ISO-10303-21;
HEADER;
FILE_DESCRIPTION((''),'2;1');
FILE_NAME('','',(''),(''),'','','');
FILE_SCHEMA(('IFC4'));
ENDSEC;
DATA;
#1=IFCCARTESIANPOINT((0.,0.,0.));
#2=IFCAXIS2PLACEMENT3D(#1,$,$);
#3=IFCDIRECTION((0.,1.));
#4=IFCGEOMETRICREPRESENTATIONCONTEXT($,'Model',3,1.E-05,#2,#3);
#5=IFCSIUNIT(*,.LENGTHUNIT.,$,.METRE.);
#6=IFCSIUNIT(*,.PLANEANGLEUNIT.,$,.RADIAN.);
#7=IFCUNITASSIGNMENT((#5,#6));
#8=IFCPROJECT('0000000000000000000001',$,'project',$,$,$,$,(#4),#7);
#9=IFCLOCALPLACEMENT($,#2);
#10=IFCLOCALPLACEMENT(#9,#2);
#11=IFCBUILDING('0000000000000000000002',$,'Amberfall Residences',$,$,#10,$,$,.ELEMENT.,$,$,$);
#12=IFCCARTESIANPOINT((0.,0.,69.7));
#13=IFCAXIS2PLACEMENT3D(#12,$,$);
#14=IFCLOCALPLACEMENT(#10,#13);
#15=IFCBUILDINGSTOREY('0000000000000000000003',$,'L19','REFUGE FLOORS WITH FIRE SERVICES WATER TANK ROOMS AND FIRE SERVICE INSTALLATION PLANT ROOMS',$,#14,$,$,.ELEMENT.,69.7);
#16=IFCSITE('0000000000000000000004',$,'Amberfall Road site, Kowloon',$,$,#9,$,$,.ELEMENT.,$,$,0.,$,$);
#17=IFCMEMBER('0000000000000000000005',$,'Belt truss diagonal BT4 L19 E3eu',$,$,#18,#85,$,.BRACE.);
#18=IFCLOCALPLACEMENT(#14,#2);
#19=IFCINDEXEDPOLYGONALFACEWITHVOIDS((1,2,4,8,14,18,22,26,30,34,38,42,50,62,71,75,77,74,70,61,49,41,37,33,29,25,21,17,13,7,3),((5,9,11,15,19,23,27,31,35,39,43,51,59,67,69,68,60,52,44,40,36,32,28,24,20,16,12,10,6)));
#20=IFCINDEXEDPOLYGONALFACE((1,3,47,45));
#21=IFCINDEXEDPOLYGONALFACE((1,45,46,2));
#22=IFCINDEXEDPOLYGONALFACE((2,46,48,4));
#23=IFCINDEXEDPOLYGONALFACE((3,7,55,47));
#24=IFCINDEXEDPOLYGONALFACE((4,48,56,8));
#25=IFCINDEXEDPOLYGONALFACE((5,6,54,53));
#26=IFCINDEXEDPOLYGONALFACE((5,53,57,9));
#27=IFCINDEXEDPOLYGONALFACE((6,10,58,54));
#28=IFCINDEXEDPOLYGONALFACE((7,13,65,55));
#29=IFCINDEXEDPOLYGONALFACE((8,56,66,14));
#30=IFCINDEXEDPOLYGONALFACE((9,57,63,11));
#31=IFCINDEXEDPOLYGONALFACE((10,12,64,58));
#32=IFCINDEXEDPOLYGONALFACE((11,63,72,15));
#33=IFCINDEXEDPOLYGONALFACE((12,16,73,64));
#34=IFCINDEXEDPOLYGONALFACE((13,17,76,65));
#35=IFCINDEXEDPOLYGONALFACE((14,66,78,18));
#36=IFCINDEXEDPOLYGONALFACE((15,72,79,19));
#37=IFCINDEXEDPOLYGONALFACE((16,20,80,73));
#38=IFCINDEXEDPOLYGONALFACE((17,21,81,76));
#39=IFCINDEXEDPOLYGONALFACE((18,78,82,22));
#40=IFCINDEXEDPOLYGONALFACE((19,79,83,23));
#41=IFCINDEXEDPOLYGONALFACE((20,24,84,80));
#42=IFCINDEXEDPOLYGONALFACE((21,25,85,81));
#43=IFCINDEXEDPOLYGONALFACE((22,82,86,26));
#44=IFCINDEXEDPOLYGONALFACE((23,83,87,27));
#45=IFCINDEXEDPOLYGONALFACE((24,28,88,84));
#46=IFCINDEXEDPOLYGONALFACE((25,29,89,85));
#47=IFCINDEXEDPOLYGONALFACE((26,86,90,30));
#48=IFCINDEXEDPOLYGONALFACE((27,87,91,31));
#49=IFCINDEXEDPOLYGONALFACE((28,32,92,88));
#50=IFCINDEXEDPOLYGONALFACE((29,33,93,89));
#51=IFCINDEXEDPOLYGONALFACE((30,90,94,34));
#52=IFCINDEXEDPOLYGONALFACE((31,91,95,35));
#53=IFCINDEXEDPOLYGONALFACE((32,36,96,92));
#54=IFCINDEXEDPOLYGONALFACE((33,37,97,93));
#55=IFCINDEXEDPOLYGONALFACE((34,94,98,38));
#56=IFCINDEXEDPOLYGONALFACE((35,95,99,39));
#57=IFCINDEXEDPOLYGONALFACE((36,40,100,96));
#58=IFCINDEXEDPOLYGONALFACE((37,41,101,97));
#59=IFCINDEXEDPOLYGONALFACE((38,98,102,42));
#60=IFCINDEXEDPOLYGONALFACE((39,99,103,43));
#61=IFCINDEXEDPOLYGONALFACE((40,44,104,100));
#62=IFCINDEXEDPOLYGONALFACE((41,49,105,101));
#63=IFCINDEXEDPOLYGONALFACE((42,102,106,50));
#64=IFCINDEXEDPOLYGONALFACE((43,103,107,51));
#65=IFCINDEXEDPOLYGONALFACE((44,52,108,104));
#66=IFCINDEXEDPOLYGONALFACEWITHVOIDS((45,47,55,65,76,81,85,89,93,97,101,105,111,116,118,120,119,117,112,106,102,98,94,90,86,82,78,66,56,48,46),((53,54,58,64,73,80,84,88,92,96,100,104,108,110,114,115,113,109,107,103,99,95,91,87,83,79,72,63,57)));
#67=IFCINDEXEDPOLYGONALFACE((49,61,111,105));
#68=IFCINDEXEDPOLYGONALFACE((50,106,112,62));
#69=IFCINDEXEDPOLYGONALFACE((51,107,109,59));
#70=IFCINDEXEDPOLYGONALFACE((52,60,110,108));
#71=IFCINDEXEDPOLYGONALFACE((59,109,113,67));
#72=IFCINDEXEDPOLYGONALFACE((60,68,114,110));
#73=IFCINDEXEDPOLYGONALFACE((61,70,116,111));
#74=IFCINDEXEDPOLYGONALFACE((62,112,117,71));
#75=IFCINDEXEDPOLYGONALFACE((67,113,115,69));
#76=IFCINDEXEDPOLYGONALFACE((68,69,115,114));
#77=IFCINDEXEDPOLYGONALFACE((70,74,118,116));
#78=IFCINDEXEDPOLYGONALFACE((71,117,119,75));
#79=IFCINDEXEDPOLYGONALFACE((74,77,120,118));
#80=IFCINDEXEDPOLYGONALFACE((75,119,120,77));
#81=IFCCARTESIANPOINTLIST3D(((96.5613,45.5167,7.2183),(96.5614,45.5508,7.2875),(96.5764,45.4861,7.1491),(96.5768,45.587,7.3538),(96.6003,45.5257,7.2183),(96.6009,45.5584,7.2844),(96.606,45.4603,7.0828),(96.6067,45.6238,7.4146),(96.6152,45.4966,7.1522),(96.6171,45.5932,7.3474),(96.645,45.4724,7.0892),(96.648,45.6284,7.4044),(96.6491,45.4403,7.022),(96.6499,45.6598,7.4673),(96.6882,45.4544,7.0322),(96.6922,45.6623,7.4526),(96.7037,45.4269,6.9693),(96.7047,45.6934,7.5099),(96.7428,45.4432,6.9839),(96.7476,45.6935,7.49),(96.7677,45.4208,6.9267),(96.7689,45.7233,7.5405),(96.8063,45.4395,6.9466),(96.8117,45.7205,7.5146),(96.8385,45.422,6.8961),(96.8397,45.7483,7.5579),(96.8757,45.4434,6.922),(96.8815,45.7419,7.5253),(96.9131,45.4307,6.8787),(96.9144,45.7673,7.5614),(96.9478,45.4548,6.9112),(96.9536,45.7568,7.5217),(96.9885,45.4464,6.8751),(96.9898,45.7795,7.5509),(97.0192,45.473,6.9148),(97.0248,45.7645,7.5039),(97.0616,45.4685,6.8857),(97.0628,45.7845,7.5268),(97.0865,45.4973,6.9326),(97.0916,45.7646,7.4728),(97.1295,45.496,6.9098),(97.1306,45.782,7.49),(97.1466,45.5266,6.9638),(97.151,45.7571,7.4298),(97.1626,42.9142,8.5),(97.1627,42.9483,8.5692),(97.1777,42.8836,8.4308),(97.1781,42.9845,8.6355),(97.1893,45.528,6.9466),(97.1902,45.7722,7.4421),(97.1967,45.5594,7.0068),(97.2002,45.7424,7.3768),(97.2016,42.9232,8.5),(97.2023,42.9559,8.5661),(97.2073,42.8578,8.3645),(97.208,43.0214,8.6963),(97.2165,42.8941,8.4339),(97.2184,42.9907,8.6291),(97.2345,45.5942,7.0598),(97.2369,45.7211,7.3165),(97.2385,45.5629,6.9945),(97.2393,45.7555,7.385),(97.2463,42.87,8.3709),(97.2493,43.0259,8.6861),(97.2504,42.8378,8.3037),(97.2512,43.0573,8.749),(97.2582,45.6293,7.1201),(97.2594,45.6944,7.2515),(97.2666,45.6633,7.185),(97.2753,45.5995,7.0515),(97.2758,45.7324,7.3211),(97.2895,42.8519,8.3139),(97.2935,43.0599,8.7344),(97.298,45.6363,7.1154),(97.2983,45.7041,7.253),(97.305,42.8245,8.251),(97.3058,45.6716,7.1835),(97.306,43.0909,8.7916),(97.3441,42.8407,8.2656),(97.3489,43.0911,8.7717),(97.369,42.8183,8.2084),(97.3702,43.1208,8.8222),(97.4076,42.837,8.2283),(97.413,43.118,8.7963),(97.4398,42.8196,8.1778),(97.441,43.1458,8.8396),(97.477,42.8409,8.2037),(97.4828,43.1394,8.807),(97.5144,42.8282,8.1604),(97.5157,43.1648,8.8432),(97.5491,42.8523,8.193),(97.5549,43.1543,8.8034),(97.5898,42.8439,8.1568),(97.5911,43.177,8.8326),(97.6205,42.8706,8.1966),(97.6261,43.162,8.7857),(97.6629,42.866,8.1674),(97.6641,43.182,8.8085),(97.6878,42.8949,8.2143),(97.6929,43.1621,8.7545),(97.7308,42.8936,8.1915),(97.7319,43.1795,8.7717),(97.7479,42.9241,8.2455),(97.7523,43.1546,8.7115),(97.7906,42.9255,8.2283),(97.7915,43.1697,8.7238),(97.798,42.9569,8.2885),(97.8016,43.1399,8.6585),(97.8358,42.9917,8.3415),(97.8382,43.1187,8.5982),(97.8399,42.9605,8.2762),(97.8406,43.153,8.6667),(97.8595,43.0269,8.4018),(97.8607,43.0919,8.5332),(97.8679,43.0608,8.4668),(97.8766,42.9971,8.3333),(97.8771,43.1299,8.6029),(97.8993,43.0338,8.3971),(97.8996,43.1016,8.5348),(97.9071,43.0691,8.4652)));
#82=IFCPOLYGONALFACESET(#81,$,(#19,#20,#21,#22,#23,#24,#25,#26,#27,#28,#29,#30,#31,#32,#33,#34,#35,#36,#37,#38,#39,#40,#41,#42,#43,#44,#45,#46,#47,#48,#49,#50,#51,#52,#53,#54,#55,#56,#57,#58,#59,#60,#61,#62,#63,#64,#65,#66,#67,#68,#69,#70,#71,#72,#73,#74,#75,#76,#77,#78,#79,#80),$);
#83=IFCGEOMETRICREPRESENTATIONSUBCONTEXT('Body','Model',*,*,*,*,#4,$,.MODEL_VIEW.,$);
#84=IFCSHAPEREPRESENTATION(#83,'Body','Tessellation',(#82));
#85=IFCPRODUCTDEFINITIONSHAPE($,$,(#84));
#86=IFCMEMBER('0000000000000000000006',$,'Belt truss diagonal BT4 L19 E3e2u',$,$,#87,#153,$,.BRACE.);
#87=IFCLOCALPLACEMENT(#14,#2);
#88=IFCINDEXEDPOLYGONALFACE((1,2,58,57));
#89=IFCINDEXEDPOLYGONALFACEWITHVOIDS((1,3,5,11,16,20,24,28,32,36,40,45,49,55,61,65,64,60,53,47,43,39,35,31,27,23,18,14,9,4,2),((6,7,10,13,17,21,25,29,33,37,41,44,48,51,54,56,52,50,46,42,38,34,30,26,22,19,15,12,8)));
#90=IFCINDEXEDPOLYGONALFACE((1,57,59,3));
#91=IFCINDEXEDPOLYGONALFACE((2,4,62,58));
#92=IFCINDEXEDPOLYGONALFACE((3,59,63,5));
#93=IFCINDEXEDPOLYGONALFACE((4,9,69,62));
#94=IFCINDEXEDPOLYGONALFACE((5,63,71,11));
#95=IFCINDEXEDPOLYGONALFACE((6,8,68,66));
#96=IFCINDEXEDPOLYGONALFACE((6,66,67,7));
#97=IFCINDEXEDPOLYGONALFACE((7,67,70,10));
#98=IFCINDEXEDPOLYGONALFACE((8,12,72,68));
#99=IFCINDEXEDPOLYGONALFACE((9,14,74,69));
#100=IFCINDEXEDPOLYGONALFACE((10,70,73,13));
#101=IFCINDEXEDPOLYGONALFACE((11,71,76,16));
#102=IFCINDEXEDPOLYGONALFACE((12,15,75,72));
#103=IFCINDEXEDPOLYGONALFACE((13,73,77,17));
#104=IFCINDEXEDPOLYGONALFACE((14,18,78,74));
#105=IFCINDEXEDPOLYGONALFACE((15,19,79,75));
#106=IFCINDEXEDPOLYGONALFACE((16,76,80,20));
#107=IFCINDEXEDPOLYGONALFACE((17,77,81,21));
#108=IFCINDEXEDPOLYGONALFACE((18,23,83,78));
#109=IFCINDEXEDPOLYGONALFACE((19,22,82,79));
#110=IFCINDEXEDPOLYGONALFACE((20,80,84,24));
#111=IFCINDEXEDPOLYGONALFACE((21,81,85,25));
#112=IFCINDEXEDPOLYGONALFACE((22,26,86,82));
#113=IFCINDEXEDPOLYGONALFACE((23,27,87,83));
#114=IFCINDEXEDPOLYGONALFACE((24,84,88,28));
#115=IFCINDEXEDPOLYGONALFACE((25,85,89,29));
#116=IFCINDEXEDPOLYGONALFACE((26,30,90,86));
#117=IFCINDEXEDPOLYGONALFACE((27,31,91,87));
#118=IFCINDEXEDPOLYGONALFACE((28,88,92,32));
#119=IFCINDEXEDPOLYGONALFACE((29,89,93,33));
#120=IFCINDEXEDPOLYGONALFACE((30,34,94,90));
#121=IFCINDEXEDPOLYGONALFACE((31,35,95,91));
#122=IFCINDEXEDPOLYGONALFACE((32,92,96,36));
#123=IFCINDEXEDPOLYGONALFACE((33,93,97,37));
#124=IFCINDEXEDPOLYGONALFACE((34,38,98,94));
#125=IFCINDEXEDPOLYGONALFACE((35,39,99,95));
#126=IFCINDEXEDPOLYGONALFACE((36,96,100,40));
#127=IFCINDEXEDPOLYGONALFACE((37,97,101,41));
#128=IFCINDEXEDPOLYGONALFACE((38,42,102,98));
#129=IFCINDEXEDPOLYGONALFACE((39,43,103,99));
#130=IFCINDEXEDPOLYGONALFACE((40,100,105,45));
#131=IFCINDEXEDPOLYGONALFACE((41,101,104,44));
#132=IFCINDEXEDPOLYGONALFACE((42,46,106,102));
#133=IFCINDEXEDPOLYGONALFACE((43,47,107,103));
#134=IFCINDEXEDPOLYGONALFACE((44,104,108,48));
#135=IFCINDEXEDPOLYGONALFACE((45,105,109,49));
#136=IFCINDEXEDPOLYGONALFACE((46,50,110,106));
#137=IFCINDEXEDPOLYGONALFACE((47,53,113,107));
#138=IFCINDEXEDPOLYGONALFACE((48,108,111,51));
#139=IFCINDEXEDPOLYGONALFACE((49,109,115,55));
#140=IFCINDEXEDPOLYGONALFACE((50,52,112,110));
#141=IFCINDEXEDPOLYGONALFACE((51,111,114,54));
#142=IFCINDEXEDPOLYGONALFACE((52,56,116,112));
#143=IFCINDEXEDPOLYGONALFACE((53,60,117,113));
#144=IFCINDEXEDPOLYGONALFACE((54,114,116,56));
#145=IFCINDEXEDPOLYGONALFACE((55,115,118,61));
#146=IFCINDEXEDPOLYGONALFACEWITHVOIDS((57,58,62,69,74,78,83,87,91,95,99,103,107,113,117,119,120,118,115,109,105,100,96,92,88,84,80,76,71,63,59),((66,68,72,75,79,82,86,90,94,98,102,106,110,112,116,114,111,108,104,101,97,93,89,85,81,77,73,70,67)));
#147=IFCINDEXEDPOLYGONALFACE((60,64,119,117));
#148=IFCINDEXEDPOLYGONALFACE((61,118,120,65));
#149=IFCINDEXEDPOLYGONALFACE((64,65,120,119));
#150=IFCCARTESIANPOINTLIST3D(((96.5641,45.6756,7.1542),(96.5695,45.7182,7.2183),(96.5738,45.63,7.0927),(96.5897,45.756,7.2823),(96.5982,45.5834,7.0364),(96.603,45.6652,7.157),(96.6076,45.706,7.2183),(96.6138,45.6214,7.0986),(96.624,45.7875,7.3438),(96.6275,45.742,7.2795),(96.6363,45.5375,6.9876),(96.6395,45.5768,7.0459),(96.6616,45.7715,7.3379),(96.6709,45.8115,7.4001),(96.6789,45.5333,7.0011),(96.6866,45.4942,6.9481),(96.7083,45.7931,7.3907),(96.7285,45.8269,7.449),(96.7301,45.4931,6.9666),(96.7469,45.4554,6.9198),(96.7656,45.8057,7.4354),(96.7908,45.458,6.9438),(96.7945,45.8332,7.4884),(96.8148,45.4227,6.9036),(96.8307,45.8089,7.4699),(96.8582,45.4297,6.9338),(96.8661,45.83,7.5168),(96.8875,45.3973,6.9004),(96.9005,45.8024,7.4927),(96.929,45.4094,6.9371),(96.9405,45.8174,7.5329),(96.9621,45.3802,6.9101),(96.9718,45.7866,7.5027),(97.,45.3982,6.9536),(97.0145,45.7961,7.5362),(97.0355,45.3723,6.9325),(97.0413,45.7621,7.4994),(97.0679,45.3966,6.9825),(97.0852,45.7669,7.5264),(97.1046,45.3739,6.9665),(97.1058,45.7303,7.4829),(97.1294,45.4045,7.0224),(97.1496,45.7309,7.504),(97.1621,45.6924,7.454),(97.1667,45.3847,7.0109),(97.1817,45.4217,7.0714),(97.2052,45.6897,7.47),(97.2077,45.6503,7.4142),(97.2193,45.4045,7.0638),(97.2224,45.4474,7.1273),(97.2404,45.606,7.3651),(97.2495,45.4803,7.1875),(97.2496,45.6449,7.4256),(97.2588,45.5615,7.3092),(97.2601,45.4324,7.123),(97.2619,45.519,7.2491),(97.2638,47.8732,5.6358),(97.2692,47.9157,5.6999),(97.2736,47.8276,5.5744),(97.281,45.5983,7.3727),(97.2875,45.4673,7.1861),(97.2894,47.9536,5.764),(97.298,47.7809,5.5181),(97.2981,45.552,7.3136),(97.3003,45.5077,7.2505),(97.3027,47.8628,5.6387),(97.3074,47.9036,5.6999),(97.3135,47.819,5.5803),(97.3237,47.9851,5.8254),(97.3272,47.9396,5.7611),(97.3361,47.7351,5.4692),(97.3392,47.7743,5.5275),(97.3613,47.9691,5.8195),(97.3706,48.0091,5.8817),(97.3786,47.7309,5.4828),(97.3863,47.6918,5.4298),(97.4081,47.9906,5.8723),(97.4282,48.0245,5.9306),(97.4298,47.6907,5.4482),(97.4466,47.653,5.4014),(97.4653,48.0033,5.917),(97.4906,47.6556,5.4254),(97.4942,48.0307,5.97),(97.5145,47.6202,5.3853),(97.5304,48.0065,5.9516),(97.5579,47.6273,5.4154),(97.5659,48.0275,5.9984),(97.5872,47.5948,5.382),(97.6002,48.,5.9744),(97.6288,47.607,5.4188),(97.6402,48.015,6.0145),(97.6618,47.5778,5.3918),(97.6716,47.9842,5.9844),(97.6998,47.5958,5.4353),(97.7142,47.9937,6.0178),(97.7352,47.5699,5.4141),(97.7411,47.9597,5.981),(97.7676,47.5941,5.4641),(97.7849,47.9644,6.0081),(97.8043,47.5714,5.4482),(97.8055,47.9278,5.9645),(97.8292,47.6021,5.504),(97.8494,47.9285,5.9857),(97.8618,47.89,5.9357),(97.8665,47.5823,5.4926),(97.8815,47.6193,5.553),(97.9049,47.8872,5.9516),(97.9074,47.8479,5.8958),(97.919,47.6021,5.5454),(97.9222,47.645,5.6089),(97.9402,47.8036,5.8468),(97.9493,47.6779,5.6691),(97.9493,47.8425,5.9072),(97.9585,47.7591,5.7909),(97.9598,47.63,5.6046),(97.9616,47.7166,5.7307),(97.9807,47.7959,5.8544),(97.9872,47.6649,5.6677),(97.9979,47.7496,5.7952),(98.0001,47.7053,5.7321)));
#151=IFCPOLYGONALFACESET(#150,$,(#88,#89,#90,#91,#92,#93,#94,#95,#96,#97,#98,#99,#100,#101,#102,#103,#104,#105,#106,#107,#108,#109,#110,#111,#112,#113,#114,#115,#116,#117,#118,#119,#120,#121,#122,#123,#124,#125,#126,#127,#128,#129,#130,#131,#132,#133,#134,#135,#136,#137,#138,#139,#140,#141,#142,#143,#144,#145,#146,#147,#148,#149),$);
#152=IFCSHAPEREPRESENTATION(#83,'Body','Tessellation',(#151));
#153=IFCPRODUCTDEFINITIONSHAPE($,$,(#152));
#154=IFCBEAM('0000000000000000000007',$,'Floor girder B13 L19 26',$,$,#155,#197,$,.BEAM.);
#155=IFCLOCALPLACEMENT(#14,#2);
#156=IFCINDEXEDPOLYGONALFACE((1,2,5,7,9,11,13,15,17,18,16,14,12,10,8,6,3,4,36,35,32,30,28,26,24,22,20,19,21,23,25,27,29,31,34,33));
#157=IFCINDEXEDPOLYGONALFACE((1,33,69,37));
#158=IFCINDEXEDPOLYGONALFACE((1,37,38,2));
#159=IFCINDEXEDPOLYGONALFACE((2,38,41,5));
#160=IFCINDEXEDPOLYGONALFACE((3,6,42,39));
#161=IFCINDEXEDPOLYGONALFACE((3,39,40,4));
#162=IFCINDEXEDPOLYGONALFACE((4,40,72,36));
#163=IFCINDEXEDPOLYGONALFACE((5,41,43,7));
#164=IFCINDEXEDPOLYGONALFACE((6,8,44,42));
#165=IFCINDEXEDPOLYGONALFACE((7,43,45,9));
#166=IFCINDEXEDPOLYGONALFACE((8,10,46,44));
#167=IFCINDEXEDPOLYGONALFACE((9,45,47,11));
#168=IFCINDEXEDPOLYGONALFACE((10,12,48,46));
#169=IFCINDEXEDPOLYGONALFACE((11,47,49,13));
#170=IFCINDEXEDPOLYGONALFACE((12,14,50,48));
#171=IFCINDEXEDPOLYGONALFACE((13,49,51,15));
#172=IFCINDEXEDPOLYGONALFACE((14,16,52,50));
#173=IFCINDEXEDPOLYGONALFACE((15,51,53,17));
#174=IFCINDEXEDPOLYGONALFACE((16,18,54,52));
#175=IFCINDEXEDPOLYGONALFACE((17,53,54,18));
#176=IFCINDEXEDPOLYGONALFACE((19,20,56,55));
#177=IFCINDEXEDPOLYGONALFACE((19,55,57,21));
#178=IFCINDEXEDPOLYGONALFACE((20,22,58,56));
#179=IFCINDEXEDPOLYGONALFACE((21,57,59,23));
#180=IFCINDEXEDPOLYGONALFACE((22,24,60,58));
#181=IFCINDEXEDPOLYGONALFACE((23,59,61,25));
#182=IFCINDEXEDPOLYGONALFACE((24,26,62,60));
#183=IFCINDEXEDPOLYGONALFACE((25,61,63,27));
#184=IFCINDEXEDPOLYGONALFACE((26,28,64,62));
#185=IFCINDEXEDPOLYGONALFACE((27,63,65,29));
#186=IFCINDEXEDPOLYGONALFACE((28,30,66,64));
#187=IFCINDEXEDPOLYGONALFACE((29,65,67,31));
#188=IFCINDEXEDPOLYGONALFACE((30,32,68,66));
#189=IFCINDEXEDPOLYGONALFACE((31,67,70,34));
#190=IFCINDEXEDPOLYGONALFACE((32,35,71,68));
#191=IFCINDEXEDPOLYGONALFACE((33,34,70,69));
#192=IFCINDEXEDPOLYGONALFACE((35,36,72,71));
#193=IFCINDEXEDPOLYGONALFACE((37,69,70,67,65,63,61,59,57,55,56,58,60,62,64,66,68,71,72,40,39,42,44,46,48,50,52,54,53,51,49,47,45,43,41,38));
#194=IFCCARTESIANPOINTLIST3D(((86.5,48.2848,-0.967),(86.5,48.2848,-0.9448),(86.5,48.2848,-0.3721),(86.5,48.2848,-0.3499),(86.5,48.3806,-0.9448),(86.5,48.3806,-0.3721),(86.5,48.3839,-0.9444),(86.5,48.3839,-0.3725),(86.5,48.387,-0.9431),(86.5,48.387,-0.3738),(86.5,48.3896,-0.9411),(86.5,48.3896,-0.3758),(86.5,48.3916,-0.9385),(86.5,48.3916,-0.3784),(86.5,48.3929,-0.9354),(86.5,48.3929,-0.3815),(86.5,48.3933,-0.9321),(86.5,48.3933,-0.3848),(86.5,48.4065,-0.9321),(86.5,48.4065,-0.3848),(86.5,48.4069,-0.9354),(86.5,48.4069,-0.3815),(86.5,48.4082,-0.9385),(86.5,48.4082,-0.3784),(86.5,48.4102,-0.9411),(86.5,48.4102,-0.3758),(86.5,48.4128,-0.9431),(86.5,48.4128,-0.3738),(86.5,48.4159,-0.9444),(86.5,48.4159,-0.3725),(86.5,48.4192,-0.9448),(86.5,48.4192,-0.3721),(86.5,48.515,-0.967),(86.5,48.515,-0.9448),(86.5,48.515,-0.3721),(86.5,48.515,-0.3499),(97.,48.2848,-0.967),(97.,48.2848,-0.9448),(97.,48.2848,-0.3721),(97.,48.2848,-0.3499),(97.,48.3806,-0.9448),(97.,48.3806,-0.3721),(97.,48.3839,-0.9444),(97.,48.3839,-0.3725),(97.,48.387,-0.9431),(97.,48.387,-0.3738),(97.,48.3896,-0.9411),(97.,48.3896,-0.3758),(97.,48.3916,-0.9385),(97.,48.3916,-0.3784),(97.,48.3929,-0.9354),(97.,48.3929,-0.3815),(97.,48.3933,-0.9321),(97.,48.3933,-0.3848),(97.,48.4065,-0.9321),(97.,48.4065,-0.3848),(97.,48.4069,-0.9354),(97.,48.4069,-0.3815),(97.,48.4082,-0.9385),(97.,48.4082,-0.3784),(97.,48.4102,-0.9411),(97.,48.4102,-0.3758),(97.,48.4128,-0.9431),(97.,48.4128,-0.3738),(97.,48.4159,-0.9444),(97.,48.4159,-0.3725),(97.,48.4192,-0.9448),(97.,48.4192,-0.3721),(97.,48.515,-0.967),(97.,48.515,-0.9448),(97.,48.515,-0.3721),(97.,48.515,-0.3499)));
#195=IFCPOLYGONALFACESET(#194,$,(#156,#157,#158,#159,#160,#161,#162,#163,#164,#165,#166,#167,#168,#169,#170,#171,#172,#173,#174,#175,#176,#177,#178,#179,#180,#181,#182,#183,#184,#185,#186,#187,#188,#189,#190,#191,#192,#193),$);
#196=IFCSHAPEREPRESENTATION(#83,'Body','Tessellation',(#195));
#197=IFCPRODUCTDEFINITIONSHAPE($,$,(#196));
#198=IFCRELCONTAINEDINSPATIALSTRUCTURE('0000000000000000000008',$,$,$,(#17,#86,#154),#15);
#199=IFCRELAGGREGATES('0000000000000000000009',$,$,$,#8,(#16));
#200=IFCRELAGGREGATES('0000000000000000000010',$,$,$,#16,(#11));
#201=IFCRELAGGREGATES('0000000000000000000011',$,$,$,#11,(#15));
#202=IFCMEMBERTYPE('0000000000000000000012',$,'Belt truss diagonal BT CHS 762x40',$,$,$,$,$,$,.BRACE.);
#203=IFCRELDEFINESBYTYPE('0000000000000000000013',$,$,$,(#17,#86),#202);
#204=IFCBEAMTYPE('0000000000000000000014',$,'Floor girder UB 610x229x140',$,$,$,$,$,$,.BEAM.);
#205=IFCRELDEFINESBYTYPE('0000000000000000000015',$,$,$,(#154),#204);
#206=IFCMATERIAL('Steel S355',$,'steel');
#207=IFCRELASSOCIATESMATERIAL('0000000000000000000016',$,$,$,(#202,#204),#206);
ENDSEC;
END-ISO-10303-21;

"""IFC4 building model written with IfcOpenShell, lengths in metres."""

from ifc_helpers import new_model, si_unit, direction, frame, origin, origin_2d, place, context, subcontext, project, spatial, hollow_circle, i_section, extrude, material, material_profile, profile_set, type_object, element, save


model = new_model("IFC4")

# Units and contexts
model_context = context("Model", 3, precision=1e-05, world=origin(), true_north=direction((0.0, 1.0)))
body_context = subcontext(model_context, "Body", "Model", "MODEL_VIEW")
ifc_project = project(units=[si_unit("LENGTHUNIT", "METRE"), si_unit("PLANEANGLEUNIT", "RADIAN")], contexts=[model_context])

# Site, building, storey
site_placement = place(None, origin())
site = spatial("IfcSite", under=ifc_project, at=site_placement, Name="Amberfall Road site, Kowloon", CompositionType="ELEMENT", RefElevation=0.0)
building_placement = place(site_placement, origin())
building = spatial("IfcBuilding", under=site, at=building_placement, Name="Amberfall Residences", CompositionType="ELEMENT")
storey_placement = place(building_placement, frame((0.0, 0.0, 69.7)))
storey = spatial("IfcBuildingStorey", under=building, at=storey_placement, Name="L19", Description="REFUGE FLOORS WITH FIRE SERVICES WATER TANK ROOMS AND FIRE SERVICE INSTALLATION PLANT ROOMS", CompositionType="ELEMENT", Elevation=69.7)

# Shared definitions
ifc_material_1 = material(Name="Steel S355", Category="steel")

# Members
ifc_material_profile_1 = material_profile(ifc_material_1, hollow_circle(Radius=0.3811, WallThickness=0.04, at=origin_2d()), Name="CHS 762x40")
ifc_profile_set_1 = profile_set([ifc_material_profile_1], Name="Steel S355")
member_type_1 = type_object("IfcMemberType", Name="Belt truss diagonal BT CHS 762x40", PredefinedType="BRACE", material=ifc_profile_set_1)
member_1_placement = place(storey_placement, frame((97.5339, 43.0, 8.5), z_axis=(-0.202962, 0.878432, -0.432624), x_axis=(-0.974331, -0.22512, 0.0)))
element("IfcMember", 1, at=member_1_placement, inside=storey, type_object=member_type_1, Name="Belt truss diagonal BT4 L19 E3eu", PredefinedType="BRACE", context=body_context, shape_type="SweptSolid", body=[
    extrude(hollow_circle(Radius=0.3811, WallThickness=0.04, at=origin_2d()), origin(), (0.0, 0.0, 1.0), 2.9626),
])
member_2_placement = place(storey_placement, frame((96.9326, 45.6025, 7.2183), z_axis=(0.253412, 0.79587, -0.549885), x_axis=(-0.952863, 0.3034, 0.0)))
element("IfcMember", 2, at=member_2_placement, inside=storey, type_object=member_type_1, Name="Belt truss diagonal BT4 L19 E3e2u", PredefinedType="BRACE", context=body_context, shape_type="SweptSolid", body=[
    extrude(hollow_circle(Radius=0.3811, WallThickness=0.04, at=origin_2d()), origin(), (0.0, 0.0, 1.0), 2.7612),
])

# Beam
ifc_material_profile_2 = material_profile(ifc_material_1, i_section(OverallWidth=0.2302, OverallDepth=0.6172, WebThickness=0.0132, FlangeThickness=0.0222, FilletRadius=0.0127, at=origin_2d()), Name="UB 610x229x140")
ifc_profile_set_2 = profile_set([ifc_material_profile_2], Name="Steel S355")
beam_type_1 = type_object("IfcBeamType", Name="Floor girder UB 610x229x140", PredefinedType="BEAM", material=ifc_profile_set_2)
beam_1_placement = place(storey_placement, frame((97.0, 48.3999, -0.6584), z_axis=(-1.0, 0.0, 0.0), x_axis=(0.0, -1.0, 0.0)))
element("IfcBeam", 3, at=beam_1_placement, inside=storey, type_object=beam_type_1, Name="Floor girder B13 L19 26", PredefinedType="BEAM", context=body_context, shape_type="SweptSolid", body=[
    extrude(i_section(OverallWidth=0.2302, OverallDepth=0.6172, WebThickness=0.0132, FlangeThickness=0.0222, FilletRadius=0.0127, at=origin_2d()), origin(), (0.0, 0.0, 1.0), 10.5),
])

save(model, "model.ifc")
